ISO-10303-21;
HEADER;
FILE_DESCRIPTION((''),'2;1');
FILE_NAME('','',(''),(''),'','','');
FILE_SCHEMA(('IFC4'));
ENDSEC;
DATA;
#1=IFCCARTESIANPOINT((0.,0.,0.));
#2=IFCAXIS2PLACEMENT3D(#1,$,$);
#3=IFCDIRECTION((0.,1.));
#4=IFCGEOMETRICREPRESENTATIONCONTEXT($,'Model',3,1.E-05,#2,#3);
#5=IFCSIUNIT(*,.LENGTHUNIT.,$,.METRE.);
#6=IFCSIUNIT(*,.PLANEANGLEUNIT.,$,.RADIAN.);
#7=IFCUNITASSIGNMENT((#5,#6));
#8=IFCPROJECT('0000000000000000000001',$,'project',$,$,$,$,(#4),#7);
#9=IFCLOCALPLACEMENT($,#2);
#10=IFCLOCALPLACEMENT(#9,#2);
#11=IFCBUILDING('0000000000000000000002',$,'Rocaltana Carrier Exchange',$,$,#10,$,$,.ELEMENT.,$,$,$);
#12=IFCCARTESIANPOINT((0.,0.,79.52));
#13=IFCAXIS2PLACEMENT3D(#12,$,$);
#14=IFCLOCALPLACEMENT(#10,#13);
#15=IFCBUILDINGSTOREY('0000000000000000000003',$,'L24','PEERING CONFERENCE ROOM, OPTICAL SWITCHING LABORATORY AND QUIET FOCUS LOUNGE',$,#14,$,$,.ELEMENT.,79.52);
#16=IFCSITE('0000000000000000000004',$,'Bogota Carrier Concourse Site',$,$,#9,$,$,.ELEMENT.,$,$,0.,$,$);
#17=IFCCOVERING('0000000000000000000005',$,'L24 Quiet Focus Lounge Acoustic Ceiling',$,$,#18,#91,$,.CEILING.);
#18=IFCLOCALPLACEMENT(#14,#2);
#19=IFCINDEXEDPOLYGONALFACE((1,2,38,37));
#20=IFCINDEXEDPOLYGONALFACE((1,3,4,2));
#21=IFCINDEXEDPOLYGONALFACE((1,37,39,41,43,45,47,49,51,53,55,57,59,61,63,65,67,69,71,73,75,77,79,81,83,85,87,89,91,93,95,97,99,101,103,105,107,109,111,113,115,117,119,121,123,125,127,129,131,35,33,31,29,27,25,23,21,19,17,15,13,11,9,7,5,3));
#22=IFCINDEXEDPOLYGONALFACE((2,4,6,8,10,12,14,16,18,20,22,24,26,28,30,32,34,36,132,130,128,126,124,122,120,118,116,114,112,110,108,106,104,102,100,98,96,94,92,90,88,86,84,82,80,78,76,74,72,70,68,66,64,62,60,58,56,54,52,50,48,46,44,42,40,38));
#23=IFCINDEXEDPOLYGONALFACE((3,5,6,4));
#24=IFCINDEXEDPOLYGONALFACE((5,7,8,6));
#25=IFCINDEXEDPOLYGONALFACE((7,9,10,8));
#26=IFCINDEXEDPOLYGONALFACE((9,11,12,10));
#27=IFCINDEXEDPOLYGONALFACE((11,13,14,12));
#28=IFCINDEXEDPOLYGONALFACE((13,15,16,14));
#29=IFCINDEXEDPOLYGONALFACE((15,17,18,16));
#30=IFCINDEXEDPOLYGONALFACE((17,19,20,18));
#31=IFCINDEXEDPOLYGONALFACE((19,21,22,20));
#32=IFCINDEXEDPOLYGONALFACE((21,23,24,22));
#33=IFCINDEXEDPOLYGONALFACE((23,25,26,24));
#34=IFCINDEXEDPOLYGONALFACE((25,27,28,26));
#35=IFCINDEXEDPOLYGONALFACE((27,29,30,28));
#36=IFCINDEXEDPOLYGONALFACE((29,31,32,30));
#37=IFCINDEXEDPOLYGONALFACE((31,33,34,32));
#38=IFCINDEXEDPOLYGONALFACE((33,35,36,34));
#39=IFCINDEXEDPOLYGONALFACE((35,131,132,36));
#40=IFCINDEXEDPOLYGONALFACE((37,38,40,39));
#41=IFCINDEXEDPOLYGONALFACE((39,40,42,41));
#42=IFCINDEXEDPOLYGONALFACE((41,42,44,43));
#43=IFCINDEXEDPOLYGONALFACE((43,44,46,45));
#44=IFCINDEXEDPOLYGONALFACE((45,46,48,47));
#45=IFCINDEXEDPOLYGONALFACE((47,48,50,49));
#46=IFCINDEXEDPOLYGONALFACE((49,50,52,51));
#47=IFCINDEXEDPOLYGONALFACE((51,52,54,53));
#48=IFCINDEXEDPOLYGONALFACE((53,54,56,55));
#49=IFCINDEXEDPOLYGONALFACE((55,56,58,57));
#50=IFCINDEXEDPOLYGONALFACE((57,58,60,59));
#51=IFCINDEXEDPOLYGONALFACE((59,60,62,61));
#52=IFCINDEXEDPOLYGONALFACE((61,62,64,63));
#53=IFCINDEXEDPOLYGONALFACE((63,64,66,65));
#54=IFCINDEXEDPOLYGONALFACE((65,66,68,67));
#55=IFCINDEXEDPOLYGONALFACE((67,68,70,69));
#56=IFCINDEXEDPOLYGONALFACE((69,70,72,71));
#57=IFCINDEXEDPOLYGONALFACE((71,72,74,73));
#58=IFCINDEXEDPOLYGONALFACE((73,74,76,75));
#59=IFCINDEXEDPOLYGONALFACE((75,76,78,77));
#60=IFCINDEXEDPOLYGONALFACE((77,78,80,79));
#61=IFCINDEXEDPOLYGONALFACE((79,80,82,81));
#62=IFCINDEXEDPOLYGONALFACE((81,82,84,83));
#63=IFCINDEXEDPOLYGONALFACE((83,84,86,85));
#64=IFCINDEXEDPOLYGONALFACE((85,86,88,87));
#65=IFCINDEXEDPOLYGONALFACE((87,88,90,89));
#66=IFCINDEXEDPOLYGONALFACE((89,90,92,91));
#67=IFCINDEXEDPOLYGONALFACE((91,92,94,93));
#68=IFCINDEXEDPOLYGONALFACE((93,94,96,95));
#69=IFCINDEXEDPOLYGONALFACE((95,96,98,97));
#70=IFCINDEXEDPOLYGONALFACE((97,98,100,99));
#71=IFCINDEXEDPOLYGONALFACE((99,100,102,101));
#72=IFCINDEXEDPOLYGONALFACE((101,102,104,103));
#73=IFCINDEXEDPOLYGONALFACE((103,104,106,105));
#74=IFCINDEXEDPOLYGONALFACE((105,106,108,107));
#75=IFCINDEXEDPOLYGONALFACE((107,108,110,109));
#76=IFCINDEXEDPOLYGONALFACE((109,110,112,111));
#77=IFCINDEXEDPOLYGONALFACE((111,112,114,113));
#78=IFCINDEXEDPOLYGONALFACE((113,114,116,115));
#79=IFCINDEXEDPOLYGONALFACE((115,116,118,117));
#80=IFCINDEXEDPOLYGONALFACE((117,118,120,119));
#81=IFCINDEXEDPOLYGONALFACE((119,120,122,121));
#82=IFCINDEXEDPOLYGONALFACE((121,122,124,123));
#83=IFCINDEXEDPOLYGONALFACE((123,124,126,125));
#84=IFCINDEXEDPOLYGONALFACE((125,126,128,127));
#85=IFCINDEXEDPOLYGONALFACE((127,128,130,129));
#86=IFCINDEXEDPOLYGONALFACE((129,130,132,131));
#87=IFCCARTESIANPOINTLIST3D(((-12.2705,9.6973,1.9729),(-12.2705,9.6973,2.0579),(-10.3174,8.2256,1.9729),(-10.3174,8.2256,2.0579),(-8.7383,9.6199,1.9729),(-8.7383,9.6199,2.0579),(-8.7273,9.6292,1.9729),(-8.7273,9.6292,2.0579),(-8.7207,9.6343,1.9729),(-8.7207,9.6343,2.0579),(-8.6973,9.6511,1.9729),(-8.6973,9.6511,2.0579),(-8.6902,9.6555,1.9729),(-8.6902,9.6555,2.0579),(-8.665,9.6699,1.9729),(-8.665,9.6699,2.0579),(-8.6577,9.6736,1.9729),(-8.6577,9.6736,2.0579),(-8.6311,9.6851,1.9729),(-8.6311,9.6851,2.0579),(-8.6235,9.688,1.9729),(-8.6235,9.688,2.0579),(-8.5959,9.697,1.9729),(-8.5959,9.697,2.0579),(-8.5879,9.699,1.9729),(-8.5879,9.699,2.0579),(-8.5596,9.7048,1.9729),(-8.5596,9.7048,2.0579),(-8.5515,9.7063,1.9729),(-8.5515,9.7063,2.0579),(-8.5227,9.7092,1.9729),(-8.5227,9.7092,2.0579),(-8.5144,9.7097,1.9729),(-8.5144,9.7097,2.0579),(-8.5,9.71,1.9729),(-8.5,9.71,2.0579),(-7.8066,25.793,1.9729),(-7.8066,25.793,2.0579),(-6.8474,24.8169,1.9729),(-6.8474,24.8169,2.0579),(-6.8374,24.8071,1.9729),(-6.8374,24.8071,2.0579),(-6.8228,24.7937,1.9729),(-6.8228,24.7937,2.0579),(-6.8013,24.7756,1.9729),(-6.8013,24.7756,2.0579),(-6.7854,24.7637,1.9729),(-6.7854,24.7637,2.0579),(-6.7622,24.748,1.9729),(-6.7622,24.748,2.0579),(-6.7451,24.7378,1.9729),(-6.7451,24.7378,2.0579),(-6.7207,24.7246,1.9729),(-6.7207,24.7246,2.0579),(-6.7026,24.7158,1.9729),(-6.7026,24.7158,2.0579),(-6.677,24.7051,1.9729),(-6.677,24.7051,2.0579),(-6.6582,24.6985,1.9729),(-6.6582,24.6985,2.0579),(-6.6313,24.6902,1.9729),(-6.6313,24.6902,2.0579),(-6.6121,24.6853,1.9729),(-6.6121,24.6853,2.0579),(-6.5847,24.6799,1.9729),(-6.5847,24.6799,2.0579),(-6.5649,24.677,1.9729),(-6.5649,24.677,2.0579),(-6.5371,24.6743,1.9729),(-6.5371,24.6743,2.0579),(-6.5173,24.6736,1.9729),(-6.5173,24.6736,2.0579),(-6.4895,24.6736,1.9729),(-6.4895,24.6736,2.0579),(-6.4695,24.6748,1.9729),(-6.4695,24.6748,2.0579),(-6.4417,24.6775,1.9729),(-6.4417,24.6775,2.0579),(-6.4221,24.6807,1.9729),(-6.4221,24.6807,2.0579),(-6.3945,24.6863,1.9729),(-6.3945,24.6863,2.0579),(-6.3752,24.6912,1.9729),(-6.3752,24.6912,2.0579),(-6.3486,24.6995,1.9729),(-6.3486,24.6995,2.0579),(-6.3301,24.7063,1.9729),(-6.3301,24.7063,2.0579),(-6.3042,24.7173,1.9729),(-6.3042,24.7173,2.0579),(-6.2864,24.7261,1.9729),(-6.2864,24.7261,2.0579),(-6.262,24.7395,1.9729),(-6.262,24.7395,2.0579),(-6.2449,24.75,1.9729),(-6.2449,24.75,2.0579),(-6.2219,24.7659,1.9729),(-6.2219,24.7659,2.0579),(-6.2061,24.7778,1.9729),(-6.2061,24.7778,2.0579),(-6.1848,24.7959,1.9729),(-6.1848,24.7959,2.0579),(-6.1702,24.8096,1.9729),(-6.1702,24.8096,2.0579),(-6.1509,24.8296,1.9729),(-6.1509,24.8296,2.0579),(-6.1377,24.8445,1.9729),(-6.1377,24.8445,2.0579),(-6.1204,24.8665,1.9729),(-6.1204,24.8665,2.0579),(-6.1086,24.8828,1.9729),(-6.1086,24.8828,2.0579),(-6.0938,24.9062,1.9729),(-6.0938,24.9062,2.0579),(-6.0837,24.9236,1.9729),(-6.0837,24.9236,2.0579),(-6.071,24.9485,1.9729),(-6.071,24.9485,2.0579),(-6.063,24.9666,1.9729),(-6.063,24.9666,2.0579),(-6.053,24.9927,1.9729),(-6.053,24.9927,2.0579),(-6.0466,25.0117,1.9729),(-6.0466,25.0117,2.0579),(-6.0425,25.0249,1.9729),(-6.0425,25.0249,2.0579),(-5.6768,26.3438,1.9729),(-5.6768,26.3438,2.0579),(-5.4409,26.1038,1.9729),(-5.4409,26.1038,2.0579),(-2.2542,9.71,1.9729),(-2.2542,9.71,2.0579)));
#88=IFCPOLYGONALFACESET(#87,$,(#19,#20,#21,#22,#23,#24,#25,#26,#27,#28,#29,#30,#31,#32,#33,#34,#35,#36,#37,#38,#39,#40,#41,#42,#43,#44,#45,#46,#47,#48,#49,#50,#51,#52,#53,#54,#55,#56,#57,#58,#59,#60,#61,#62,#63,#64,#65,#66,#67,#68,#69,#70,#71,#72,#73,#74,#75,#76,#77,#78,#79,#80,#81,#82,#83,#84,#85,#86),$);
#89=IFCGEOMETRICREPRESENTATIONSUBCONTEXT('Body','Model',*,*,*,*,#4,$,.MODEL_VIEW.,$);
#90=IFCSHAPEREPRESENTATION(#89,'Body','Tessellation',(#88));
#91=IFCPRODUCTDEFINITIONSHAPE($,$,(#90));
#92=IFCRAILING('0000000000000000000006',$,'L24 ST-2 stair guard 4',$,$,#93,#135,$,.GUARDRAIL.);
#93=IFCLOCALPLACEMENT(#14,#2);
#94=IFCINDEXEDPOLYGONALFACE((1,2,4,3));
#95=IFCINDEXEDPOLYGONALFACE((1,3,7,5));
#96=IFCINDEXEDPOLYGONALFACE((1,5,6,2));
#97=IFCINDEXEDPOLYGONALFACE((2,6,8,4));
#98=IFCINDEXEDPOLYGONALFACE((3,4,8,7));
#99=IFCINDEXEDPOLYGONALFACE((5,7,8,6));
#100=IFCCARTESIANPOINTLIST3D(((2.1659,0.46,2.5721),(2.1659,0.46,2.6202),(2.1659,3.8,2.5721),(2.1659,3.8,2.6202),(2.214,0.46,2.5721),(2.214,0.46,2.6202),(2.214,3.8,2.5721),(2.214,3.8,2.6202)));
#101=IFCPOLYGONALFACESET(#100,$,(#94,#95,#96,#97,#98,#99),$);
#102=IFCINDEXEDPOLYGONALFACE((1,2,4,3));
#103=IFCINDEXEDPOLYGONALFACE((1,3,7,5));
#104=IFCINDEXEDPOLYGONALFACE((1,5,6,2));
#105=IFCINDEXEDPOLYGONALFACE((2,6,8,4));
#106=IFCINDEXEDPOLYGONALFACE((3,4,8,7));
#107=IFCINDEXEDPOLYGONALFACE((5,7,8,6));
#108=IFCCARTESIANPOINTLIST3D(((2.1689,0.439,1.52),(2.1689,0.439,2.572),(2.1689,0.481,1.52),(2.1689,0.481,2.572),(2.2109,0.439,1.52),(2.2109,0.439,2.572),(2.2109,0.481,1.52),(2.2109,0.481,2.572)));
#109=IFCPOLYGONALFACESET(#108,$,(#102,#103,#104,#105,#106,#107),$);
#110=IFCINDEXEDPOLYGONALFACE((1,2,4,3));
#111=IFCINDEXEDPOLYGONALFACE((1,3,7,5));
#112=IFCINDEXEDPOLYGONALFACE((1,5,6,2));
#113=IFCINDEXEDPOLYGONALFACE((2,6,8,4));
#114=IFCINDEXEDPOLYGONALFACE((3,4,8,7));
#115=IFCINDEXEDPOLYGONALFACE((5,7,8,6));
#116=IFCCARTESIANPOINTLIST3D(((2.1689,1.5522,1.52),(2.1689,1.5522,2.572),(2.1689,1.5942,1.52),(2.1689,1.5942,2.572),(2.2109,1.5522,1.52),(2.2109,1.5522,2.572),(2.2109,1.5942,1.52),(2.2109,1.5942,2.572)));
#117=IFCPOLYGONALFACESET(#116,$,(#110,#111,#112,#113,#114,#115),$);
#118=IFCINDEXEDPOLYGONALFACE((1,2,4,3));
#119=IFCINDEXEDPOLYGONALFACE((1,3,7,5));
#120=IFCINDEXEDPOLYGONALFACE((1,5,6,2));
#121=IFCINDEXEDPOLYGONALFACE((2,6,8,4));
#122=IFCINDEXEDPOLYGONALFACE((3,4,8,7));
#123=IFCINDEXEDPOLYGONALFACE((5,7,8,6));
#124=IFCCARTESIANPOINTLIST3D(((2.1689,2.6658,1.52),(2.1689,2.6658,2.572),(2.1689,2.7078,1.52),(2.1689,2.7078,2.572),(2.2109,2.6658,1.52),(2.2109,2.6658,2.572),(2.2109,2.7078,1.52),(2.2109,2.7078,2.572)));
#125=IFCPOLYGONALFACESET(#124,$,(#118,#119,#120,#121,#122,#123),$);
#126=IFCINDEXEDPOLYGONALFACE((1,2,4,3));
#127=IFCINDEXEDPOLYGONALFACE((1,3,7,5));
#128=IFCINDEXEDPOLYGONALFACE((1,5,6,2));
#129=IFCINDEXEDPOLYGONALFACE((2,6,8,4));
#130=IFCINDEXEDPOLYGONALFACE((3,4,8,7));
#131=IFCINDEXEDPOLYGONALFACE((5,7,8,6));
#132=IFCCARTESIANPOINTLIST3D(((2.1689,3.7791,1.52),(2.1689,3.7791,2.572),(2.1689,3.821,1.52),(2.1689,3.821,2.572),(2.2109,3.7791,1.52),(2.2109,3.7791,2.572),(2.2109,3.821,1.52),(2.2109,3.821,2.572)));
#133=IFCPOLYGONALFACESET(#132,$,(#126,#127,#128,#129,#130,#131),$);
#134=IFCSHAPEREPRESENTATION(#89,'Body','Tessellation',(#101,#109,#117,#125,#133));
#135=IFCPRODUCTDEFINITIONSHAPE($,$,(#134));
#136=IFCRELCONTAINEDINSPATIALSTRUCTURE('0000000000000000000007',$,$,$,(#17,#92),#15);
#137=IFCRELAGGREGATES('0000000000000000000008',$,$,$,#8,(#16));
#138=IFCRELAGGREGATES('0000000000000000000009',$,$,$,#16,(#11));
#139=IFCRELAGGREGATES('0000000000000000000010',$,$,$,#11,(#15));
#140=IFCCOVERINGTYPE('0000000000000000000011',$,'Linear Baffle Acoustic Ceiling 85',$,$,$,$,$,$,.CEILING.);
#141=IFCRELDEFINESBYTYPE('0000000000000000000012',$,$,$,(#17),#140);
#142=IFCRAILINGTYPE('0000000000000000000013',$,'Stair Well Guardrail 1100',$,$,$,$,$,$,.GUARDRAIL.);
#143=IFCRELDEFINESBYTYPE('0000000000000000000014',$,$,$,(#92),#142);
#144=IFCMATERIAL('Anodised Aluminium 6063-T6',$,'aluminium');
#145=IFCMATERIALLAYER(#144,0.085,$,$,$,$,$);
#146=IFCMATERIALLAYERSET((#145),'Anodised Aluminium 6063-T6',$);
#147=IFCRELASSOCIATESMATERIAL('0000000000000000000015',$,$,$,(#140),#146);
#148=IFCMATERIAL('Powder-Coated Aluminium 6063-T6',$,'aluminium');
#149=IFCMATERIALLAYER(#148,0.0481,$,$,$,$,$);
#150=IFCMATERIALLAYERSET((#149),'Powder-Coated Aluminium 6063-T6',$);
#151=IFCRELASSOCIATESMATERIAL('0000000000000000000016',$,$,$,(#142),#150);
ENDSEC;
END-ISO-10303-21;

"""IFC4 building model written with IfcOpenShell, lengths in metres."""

from ifc_helpers import new_model, si_unit, direction, frame, origin, origin_2d, place, context, subcontext, project, spatial, polyline, rectangle, outline, extrude, material, layer, layer_set, type_object, element, save


model = new_model("IFC4")

# Units and contexts
model_context = context("Model", 3, precision=1e-05, world=origin(), true_north=direction((0.0, 1.0)))
body_context = subcontext(model_context, "Body", "Model", "MODEL_VIEW")
ifc_project = project(units=[si_unit("LENGTHUNIT", "METRE"), si_unit("PLANEANGLEUNIT", "RADIAN")], contexts=[model_context])

# Site, building, storey
site_placement = place(None, origin())
site = spatial("IfcSite", under=ifc_project, at=site_placement, Name="Bogota Carrier Concourse Site", CompositionType="ELEMENT", RefElevation=0.0)
building_placement = place(site_placement, origin())
building = spatial("IfcBuilding", under=site, at=building_placement, Name="Rocaltana Carrier Exchange", CompositionType="ELEMENT")
storey_placement = place(building_placement, frame((0.0, 0.0, 79.52)))
storey = spatial("IfcBuildingStorey", under=building, at=storey_placement, Name="L24", Description="PEERING CONFERENCE ROOM, OPTICAL SWITCHING LABORATORY AND QUIET FOCUS LOUNGE", CompositionType="ELEMENT", Elevation=79.52)

# Covering
ifc_material_1 = material(Name="Anodised Aluminium 6063-T6", Category="aluminium")
ifc_layer_1 = layer(ifc_material_1, 0.085)
ifc_layer_set_1 = layer_set([ifc_layer_1], Name="Anodised Aluminium 6063-T6")
covering_type_1 = type_object("IfcCoveringType", Name="Linear Baffle Acoustic Ceiling 85", PredefinedType="CEILING", material=ifc_layer_set_1)
covering_1_placement = place(storey_placement, frame((0.0, 0.0, 1.9729)))
element("IfcCovering", 1, at=covering_1_placement, inside=storey, type_object=covering_type_1, Name="L24 Quiet Focus Lounge Acoustic Ceiling", PredefinedType="CEILING", context=body_context, shape_type="SweptSolid", body=[
    extrude(outline(polyline([(-7.8066, 25.793), (-6.8474, 24.8169), (-6.8374, 24.8071), (-6.8228, 24.7937), (-6.8013, 24.7756), (-6.7854, 24.7637), (-6.7622, 24.748), (-6.7451, 24.7378), (-6.7207, 24.7246), (-6.7026, 24.7158), (-6.677, 24.7051), (-6.6582, 24.6985), (-6.6313, 24.6902), (-6.6121, 24.6853), (-6.5847, 24.6799), (-6.5649, 24.677), (-6.5371, 24.6743), (-6.5173, 24.6736), (-6.4895, 24.6736), (-6.4695, 24.6748), (-6.4417, 24.6775), (-6.4221, 24.6807), (-6.3945, 24.6863), (-6.3752, 24.6912), (-6.3486, 24.6995), (-6.3301, 24.7063), (-6.3042, 24.7173), (-6.2864, 24.7261), (-6.262, 24.7395), (-6.2449, 24.75), (-6.2219, 24.7659), (-6.2061, 24.7778), (-6.1848, 24.7959), (-6.1702, 24.8096), (-6.1509, 24.8296), (-6.1377, 24.8445), (-6.1204, 24.8665), (-6.1086, 24.8828), (-6.0938, 24.9062), (-6.0837, 24.9236), (-6.071, 24.9485), (-6.063, 24.9666), (-6.053, 24.9927), (-6.0466, 25.0117), (-6.0425, 25.0249), (-5.6768, 26.3438), (-5.4409, 26.1038), (-2.2542, 9.71), (-8.5, 9.71), (-8.5144, 9.7097), (-8.5227, 9.7092), (-8.5515, 9.7063), (-8.5596, 9.7048), (-8.5879, 9.699), (-8.5959, 9.697), (-8.6235, 9.688), (-8.6311, 9.6851), (-8.6577, 9.6736), (-8.665, 9.6699), (-8.6902, 9.6555), (-8.6973, 9.6511), (-8.7207, 9.6343), (-8.7273, 9.6292), (-8.7383, 9.6199), (-10.3174, 8.2256), (-12.2705, 9.6973), (-7.8066, 25.793)])), origin(), (0.0, 0.0, 1.0), 0.085),
])

# Railing
ifc_material_2 = material(Name="Powder-Coated Aluminium 6063-T6", Category="aluminium")
ifc_layer_2 = layer(ifc_material_2, 0.0481)
ifc_layer_set_2 = layer_set([ifc_layer_2], Name="Powder-Coated Aluminium 6063-T6")
railing_type = type_object("IfcRailingType", Name="Stair Well Guardrail 1100", PredefinedType="GUARDRAIL", material=ifc_layer_set_2)
railing_placement = place(storey_placement, frame((2.1899, 0.46, 1.52)))
element("IfcRailing", 2, at=railing_placement, inside=storey, type_object=railing_type, Name="L24 ST-2 stair guard 4", PredefinedType="GUARDRAIL", context=body_context, shape_type="SweptSolid", body=[
    extrude(rectangle(XDim=0.0481, YDim=0.0481, at=origin_2d()), frame((0.0, 0.0, 1.0762), z_axis=(0.0, 1.0, 0.0), x_axis=(-1.0, 0.0, 0.0)), (0.0, 0.0, 1.0), 3.3401),
    extrude(rectangle(XDim=0.042, YDim=0.042, at=origin_2d()), origin(), (0.0, 0.0, 1.0), 1.052),
    extrude(rectangle(XDim=0.042, YDim=0.042, at=origin_2d()), frame((0.0, 1.1133, 0.0)), (0.0, 0.0, 1.0), 1.052),
    extrude(rectangle(XDim=0.042, YDim=0.042, at=origin_2d()), frame((0.0, 2.2268, 0.0)), (0.0, 0.0, 1.0), 1.052),
    extrude(rectangle(XDim=0.042, YDim=0.042, at=origin_2d()), frame((0.0, 3.3401, 0.0)), (0.0, 0.0, 1.0), 1.052),
])

save(model, "model.ifc")
